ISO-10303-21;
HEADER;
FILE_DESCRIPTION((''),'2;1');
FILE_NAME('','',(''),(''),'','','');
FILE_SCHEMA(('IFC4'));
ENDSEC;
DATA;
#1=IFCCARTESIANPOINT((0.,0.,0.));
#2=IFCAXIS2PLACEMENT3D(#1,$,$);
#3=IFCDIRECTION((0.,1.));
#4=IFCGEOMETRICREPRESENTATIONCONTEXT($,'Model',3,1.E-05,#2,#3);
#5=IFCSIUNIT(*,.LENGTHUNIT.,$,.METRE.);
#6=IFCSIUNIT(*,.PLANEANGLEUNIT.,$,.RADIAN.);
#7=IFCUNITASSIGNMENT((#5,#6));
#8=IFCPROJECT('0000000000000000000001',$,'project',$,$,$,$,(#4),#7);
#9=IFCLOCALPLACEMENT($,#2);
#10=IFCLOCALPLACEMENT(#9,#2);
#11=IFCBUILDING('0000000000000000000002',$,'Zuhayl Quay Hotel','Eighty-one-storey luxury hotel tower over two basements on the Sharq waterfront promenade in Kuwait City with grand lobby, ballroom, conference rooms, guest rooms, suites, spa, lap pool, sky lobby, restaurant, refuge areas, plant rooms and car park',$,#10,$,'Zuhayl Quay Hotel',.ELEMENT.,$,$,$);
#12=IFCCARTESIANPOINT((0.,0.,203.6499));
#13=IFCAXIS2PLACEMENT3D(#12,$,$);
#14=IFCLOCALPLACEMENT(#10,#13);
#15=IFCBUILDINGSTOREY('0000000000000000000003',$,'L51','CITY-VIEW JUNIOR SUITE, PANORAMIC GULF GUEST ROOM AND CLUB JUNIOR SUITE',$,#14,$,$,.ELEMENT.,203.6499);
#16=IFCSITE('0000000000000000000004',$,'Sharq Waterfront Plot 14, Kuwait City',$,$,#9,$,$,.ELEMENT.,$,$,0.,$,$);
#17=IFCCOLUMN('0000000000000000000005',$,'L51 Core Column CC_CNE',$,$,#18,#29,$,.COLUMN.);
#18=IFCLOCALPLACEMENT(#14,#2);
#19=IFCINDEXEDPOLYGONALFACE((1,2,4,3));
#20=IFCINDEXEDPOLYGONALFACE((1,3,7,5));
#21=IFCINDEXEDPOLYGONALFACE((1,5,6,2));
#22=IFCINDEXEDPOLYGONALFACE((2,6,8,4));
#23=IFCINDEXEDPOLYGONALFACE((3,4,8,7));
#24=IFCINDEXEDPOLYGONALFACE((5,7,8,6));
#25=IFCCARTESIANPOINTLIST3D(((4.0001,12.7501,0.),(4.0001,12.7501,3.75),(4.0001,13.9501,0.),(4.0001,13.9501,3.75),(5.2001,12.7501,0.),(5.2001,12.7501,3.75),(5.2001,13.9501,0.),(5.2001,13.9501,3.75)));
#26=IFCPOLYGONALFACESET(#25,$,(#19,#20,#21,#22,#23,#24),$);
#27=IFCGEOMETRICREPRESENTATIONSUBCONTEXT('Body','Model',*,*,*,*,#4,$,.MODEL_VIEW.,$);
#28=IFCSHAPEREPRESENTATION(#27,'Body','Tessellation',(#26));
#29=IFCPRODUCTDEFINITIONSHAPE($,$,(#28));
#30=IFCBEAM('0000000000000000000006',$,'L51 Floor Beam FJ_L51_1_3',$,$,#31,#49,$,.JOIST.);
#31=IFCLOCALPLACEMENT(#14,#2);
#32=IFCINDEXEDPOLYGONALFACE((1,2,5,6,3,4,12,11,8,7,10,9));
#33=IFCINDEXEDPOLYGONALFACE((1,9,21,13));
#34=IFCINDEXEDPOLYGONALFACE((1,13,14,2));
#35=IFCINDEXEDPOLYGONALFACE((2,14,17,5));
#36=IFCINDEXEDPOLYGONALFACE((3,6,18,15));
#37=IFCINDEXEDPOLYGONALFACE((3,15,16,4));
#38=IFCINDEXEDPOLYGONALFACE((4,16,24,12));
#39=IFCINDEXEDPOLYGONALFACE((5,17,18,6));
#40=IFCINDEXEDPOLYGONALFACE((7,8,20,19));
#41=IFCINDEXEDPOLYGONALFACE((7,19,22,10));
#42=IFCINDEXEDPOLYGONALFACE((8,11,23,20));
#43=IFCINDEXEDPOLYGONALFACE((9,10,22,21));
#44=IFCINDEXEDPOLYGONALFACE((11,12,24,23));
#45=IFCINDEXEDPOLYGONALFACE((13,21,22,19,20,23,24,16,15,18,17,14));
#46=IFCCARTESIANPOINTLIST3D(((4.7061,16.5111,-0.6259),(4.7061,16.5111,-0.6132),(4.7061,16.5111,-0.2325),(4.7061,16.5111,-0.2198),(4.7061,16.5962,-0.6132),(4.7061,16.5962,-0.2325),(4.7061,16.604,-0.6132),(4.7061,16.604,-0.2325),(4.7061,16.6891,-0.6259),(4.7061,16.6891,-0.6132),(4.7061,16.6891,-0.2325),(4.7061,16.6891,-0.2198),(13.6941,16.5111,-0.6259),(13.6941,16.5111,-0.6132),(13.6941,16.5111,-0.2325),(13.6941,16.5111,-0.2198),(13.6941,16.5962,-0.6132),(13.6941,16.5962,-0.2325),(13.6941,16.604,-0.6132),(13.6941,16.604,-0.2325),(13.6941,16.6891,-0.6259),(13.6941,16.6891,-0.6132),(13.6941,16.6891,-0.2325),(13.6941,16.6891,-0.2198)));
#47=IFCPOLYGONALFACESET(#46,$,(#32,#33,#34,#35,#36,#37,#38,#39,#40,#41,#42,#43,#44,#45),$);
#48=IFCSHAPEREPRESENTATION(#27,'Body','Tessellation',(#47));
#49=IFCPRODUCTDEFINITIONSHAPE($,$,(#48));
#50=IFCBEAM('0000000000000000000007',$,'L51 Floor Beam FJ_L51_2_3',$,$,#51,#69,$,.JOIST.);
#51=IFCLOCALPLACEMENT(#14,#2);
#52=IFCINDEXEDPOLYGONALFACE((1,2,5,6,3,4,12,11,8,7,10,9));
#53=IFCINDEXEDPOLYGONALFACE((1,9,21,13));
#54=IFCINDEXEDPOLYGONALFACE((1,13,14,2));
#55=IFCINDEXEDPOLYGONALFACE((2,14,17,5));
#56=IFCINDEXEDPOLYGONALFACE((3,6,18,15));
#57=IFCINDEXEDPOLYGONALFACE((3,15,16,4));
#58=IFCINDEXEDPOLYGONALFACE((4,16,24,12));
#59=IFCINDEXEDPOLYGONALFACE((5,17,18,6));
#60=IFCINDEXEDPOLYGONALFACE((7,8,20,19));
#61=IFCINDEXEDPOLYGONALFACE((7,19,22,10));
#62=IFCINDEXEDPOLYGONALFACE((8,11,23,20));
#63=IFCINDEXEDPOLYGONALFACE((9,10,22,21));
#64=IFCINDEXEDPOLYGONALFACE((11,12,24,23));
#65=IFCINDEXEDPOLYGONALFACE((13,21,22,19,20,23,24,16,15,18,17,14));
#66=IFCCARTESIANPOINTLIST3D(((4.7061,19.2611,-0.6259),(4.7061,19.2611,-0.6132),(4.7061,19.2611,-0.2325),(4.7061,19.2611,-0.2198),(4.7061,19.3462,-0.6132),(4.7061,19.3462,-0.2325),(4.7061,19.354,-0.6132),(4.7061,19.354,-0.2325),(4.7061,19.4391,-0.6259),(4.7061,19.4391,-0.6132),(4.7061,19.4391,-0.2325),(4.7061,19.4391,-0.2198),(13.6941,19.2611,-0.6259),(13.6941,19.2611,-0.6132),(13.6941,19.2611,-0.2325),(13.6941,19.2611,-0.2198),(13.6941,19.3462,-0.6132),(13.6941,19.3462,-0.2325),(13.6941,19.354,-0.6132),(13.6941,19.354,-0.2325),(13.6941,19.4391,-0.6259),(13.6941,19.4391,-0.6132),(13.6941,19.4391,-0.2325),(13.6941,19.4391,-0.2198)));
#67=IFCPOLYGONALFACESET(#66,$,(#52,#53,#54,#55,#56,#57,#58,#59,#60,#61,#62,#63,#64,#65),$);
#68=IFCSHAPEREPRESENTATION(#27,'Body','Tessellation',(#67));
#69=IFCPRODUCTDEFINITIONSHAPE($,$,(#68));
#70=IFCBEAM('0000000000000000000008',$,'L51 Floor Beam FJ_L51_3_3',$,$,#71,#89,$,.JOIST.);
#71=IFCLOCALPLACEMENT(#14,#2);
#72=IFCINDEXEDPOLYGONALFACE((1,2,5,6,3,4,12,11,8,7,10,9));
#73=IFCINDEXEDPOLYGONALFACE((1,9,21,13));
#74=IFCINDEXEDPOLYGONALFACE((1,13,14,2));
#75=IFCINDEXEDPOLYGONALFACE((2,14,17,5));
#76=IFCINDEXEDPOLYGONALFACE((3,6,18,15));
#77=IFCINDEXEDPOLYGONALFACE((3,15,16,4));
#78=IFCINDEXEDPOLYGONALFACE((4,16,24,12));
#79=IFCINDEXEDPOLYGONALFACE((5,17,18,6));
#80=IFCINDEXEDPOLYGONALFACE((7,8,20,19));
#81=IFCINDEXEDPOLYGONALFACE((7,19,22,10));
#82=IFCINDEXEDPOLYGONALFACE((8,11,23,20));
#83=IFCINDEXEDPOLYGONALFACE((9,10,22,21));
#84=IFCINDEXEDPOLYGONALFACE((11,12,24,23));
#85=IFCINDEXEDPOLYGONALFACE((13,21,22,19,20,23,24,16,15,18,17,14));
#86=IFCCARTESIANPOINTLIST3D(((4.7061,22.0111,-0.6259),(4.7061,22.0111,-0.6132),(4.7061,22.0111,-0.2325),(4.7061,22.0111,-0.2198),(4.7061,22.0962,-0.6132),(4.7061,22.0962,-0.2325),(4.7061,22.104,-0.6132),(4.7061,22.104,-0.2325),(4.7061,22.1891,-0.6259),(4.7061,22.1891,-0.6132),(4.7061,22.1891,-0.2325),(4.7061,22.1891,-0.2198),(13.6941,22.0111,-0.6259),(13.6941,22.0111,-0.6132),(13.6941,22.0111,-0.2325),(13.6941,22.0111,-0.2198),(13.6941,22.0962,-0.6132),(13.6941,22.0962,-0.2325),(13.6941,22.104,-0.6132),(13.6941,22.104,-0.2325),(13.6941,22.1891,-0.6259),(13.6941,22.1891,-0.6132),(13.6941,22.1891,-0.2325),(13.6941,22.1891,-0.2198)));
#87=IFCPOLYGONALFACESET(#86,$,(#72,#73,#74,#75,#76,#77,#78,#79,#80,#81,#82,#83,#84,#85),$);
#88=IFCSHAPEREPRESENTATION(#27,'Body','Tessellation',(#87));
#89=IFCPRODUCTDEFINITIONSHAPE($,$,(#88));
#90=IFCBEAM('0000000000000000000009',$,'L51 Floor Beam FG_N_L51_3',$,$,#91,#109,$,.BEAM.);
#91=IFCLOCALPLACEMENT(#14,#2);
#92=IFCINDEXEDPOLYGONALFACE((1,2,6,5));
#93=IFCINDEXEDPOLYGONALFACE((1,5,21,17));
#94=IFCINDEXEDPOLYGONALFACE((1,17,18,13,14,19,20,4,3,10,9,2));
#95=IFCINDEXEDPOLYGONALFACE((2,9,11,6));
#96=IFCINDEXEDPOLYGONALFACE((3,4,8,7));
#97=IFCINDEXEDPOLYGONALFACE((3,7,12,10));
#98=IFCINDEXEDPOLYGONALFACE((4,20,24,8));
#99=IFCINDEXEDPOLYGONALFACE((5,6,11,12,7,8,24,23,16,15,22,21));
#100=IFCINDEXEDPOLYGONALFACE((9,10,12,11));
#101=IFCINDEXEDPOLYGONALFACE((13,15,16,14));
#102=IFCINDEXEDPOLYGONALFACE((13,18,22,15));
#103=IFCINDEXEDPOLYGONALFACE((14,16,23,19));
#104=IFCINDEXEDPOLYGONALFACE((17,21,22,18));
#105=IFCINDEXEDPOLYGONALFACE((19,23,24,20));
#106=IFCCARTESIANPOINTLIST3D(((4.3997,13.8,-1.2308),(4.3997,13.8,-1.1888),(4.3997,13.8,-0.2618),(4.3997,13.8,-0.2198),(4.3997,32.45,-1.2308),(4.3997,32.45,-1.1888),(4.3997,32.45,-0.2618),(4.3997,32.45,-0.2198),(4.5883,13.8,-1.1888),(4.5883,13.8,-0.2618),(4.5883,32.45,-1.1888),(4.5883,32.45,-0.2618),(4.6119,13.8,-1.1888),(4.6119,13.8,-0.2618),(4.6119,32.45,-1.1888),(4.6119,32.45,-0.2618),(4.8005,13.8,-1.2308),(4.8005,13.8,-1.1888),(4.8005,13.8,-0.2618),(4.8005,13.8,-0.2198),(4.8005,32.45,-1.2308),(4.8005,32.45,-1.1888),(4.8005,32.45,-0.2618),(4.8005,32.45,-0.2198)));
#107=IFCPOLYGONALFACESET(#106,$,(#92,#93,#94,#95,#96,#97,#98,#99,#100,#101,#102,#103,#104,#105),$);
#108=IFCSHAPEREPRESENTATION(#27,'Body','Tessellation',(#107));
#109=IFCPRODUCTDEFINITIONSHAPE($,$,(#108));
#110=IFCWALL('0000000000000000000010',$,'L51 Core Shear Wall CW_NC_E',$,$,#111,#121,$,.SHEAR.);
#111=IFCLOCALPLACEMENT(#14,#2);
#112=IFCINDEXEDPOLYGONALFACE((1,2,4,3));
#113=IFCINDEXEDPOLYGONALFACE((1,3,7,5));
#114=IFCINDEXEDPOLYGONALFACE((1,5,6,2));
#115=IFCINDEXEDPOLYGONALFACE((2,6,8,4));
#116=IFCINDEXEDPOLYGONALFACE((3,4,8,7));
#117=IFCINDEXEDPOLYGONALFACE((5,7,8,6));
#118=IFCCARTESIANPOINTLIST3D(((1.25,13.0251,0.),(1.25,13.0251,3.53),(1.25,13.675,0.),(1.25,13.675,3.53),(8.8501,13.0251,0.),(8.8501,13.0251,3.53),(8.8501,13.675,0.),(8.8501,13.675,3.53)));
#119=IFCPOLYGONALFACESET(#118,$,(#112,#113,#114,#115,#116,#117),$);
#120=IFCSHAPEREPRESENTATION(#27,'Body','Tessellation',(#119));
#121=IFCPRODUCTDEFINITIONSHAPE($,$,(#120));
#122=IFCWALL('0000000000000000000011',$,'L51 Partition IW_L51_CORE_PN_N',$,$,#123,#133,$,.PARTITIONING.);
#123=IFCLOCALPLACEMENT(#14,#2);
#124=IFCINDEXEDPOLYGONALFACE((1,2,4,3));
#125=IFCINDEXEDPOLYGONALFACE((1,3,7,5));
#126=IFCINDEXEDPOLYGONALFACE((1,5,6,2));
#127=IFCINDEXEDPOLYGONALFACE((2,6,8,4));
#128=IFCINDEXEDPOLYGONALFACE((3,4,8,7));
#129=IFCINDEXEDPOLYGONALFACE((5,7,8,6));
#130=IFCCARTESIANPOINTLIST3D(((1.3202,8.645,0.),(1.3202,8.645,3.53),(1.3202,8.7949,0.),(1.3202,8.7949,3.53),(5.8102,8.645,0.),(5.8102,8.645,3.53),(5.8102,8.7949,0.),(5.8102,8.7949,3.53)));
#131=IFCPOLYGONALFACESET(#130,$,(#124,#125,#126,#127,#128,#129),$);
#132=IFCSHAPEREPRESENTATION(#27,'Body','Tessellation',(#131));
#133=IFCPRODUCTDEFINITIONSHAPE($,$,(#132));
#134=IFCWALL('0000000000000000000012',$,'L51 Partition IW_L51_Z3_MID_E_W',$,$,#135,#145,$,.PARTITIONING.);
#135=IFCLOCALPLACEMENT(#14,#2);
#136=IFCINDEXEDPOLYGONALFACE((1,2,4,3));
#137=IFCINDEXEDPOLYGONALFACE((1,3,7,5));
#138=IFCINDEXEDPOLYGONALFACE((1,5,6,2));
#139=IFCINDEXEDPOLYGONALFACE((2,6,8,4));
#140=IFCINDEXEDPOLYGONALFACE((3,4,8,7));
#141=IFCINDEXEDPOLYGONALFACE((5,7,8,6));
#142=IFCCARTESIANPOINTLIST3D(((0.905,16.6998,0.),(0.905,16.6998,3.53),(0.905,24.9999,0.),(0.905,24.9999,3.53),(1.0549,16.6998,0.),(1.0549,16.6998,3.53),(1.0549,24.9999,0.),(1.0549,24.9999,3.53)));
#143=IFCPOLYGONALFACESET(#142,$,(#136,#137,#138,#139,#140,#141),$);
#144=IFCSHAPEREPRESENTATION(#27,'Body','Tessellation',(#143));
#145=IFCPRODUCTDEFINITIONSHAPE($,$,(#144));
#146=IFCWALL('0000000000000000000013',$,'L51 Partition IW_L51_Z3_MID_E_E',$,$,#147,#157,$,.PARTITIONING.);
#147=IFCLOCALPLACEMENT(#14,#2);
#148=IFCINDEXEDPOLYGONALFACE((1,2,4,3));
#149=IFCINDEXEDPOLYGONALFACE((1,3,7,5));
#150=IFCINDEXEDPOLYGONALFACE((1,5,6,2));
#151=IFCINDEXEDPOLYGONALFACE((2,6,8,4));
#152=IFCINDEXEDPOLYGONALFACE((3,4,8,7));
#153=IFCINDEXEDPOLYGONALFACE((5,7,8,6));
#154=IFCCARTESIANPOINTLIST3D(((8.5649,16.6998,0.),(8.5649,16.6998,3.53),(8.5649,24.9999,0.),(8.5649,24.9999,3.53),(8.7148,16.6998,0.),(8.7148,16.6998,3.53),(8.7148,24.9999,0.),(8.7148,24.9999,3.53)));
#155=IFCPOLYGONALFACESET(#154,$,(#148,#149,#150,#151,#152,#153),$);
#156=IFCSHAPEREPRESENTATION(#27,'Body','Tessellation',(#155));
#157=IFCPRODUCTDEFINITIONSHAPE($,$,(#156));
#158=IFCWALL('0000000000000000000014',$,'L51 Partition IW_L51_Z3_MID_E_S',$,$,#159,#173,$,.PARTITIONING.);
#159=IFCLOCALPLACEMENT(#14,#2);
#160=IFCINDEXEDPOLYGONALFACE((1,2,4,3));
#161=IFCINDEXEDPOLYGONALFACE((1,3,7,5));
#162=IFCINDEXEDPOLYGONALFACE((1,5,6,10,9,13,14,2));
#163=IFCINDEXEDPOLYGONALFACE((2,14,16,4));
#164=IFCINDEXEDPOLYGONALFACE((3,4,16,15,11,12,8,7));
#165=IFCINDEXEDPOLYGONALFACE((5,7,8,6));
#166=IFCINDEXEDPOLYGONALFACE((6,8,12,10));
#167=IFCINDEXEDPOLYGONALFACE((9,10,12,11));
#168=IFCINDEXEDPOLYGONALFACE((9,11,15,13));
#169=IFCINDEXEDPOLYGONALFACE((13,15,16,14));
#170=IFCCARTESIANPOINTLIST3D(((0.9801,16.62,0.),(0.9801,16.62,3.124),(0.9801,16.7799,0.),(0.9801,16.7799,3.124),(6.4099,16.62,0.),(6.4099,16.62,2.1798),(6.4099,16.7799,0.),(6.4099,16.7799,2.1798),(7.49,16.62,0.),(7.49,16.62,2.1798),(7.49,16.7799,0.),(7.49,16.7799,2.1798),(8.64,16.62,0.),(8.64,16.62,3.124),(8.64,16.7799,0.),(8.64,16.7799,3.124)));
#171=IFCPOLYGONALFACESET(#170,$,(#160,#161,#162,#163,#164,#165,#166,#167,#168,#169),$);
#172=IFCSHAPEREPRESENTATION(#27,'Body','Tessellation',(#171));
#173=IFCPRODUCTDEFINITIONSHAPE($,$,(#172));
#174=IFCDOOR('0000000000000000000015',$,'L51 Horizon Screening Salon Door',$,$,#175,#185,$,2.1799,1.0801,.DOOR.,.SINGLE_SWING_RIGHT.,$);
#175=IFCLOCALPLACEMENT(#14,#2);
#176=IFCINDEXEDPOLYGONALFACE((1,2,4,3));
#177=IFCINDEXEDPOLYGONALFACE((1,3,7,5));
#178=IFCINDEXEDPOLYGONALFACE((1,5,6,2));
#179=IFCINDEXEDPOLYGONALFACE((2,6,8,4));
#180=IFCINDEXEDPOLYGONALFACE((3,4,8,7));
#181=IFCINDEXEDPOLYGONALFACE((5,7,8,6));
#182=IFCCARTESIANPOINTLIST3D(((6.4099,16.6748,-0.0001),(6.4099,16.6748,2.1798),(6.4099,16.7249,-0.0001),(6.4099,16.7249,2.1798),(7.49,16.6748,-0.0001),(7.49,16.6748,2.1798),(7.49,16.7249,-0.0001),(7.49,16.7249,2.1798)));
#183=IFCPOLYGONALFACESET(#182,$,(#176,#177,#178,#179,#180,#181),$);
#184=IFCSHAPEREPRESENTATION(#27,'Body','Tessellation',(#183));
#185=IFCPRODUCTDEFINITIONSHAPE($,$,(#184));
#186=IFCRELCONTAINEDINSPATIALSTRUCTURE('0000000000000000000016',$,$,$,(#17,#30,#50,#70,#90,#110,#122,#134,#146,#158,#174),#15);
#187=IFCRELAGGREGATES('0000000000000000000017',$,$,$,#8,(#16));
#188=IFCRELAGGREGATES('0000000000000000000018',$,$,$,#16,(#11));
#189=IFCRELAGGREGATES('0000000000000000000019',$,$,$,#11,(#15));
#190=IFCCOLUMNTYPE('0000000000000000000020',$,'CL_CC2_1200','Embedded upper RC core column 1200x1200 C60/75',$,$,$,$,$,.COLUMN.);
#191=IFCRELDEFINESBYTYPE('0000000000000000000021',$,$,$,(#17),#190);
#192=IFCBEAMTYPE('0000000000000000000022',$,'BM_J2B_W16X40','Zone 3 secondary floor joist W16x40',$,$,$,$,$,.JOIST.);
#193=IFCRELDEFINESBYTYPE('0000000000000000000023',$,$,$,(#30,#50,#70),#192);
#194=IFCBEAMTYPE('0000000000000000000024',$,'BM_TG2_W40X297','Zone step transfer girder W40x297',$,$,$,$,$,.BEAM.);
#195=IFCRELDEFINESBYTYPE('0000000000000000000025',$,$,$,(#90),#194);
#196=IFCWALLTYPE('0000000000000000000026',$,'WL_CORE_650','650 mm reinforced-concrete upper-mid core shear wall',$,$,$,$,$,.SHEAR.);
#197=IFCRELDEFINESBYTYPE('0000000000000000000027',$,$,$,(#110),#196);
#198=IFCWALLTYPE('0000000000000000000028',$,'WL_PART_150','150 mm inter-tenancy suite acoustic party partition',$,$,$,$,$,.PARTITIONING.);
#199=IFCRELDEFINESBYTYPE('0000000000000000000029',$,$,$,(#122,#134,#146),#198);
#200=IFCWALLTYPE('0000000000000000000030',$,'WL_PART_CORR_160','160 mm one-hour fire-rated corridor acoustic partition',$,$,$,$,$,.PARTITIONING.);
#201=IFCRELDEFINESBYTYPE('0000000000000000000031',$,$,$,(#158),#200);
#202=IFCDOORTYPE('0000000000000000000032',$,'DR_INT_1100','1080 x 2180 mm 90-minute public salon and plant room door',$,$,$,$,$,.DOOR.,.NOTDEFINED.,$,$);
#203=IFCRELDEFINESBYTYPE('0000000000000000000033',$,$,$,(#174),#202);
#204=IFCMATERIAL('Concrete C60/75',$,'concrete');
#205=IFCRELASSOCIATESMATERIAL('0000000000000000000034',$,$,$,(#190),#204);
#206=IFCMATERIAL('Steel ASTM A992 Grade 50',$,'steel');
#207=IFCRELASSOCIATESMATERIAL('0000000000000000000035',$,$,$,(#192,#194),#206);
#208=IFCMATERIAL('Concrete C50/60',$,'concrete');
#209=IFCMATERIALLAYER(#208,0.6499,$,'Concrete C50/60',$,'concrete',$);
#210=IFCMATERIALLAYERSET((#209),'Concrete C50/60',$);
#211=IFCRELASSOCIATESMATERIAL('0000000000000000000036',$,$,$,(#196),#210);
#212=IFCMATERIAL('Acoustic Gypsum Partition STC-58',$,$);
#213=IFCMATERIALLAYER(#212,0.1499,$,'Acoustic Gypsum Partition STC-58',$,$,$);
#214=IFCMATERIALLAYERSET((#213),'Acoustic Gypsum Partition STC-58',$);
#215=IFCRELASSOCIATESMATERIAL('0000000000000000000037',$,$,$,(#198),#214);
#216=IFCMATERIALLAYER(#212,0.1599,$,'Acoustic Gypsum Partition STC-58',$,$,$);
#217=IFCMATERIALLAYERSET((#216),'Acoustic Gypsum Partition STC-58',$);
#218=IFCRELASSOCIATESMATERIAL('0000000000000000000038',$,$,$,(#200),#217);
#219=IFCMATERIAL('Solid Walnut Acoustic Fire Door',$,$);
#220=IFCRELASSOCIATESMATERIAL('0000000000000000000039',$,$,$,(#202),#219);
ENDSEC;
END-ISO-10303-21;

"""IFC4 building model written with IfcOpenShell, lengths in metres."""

from ifc_helpers import new_model, si_unit, direction, frame, frame_2d, origin, origin_2d, place, context, subcontext, project, spatial, rectangle, i_section, extrude, material, layer, layer_set, material_profile, profile_set, type_object, element, fill, save


model = new_model("IFC4")

# Units and contexts
model_context = context("Model", 3, precision=1e-05, world=origin(), true_north=direction((0.0, 1.0)))
body_context = subcontext(model_context, "Body", "Model", "MODEL_VIEW")
ifc_project = project(units=[si_unit("LENGTHUNIT", "METRE"), si_unit("PLANEANGLEUNIT", "RADIAN")], contexts=[model_context])

# Site, building, storey
site_placement = place(None, origin())
site = spatial("IfcSite", under=ifc_project, at=site_placement, Name="Sharq Waterfront Plot 14, Kuwait City", CompositionType="ELEMENT", RefElevation=0.0)
building_placement = place(site_placement, origin())
building = spatial("IfcBuilding", under=site, at=building_placement, Name="Zuhayl Quay Hotel", Description="Eighty-one-storey luxury hotel tower over two basements on the Sharq waterfront promenade in Kuwait City with grand lobby, ballroom, conference rooms, guest rooms, suites, spa, lap pool, sky lobby, restaurant, refuge areas, plant rooms and car park", LongName="Zuhayl Quay Hotel", CompositionType="ELEMENT")
storey_placement = place(building_placement, frame((0.0, 0.0, 203.6499)))
storey = spatial("IfcBuildingStorey", under=building, at=storey_placement, Name="L51", Description="CITY-VIEW JUNIOR SUITE, PANORAMIC GULF GUEST ROOM AND CLUB JUNIOR SUITE", CompositionType="ELEMENT", Elevation=203.6499)

# Column
ifc_material_1 = material(Name="Concrete C60/75", Category="concrete")
ifc_material_profile_1 = material_profile(ifc_material_1, rectangle(XDim=1.2, YDim=1.2, at=origin_2d()), Name="RC1200X1200")
ifc_profile_set_1 = profile_set([ifc_material_profile_1], Name="Concrete C60/75")
column_type = type_object("IfcColumnType", Name="CL_CC2_1200", Description="Embedded upper RC core column 1200x1200 C60/75", PredefinedType="COLUMN", material=ifc_profile_set_1)
column_placement = place(storey_placement, frame((4.6001, 13.3501, 0.0), z_axis=(0.0, 0.0, 1.0), x_axis=(1.0, 0.0, 0.0)))
element("IfcColumn", 1, at=column_placement, inside=storey, type_object=column_type, Name="L51 Core Column CC_CNE", PredefinedType="COLUMN", context=body_context, shape_type="SweptSolid", body=[
    extrude(rectangle(XDim=1.2, YDim=1.2, at=origin_2d()), origin(), (0.0, 0.0, 1.0), 3.75),
])

# Beams
ifc_material_2 = material(Name="Steel ASTM A992 Grade 50", Category="steel")
ifc_material_profile_2 = material_profile(ifc_material_2, i_section(OverallWidth=0.178, OverallDepth=0.406, WebThickness=0.0078, FlangeThickness=0.0127, at=origin_2d()), Name="W16X40")
ifc_profile_set_2 = profile_set([ifc_material_profile_2], Name="Steel ASTM A992 Grade 50")
beam_type_1 = type_object("IfcBeamType", Name="BM_J2B_W16X40", Description="Zone 3 secondary floor joist W16x40", PredefinedType="JOIST", material=ifc_profile_set_2)
for number, where, z_axis, x_axis, name in (
    (2, (4.7061, 16.6001, -0.4229), (1.0, 0.0, 0.0), (0.0, 1.0, 0.0), "L51 Floor Beam FJ_L51_1_3"),
    (3, (4.7061, 19.3501, -0.4229), (1.0, 0.0, 0.0), (0.0, 1.0, 0.0), "L51 Floor Beam FJ_L51_2_3"),
    (4, (4.7061, 22.1001, -0.4229), (1.0, 0.0, 0.0), (0.0, 1.0, 0.0), "L51 Floor Beam FJ_L51_3_3"),
):
    element("IfcBeam", number, at=place(storey_placement, frame(where, z_axis=z_axis, x_axis=x_axis)), inside=storey, type_object=beam_type_1, Name=name, PredefinedType="JOIST", context=body_context, shape_type="SweptSolid", body=[
        extrude(i_section(OverallWidth=0.178, OverallDepth=0.406, WebThickness=0.0078, FlangeThickness=0.0127, at=origin_2d()), origin(), (0.0, 0.0, 1.0), 8.988),
    ])
ifc_material_profile_3 = material_profile(ifc_material_2, i_section(OverallWidth=0.4009, OverallDepth=1.011, WebThickness=0.0237, FlangeThickness=0.042, at=origin_2d()), Name="W40X297")
ifc_profile_set_3 = profile_set([ifc_material_profile_3], Name="Steel ASTM A992 Grade 50")
beam_type_2 = type_object("IfcBeamType", Name="BM_TG2_W40X297", Description="Zone step transfer girder W40x297", PredefinedType="BEAM", material=ifc_profile_set_3)
beam_placement = place(storey_placement, frame((4.6001, 13.8, -0.7253), z_axis=(0.0, 1.0, 0.0), x_axis=(-1.0, 0.0, 0.0)))
element("IfcBeam", 5, at=beam_placement, inside=storey, type_object=beam_type_2, Name="L51 Floor Beam FG_N_L51_3", PredefinedType="BEAM", context=body_context, shape_type="SweptSolid", body=[
    extrude(i_section(OverallWidth=0.4009, OverallDepth=1.011, WebThickness=0.0237, FlangeThickness=0.042, at=origin_2d()), origin(), (0.0, 0.0, 1.0), 18.6499),
])

# Walls
ifc_material_3 = material(Name="Concrete C50/60", Category="concrete")
ifc_layer_1 = layer(ifc_material_3, 0.6499, Name="Concrete C50/60", Category="concrete")
ifc_layer_set_1 = layer_set([ifc_layer_1], Name="Concrete C50/60")
wall_type_1 = type_object("IfcWallType", Name="WL_CORE_650", Description="650 mm reinforced-concrete upper-mid core shear wall", PredefinedType="SHEAR", material=ifc_layer_set_1)
wall_1_placement = place(storey_placement, frame((1.25, 13.3501, 0.0), z_axis=(0.0, 0.0, 1.0), x_axis=(1.0, 0.0, 0.0)))
element("IfcWall", 6, at=wall_1_placement, inside=storey, type_object=wall_type_1, Name="L51 Core Shear Wall CW_NC_E", PredefinedType="SHEAR", context=body_context, shape_type="SweptSolid", body=[
    extrude(rectangle(XDim=7.6001, YDim=0.6499, at=frame_2d((3.8, 0.0))), origin(), (0.0, 0.0, 1.0), 3.53),
])
ifc_material_4 = material(Name="Acoustic Gypsum Partition STC-58")
ifc_layer_2 = layer(ifc_material_4, 0.1499, Name="Acoustic Gypsum Partition STC-58")
ifc_layer_set_2 = layer_set([ifc_layer_2], Name="Acoustic Gypsum Partition STC-58")
wall_type_2 = type_object("IfcWallType", Name="WL_PART_150", Description="150 mm inter-tenancy suite acoustic party partition", PredefinedType="PARTITIONING", material=ifc_layer_set_2)
wall_2_placement = place(storey_placement, frame((1.3201, 8.72, 0.0), z_axis=(0.0, 0.0, 1.0), x_axis=(1.0, 0.0, 0.0)))
element("IfcWall", 7, at=wall_2_placement, inside=storey, type_object=wall_type_2, Name="L51 Partition IW_L51_CORE_PN_N", PredefinedType="PARTITIONING", context=body_context, shape_type="SweptSolid", body=[
    extrude(rectangle(XDim=4.49, YDim=0.1499, at=frame_2d((2.2451, 0.0))), origin(), (0.0, 0.0, 1.0), 3.53),
])
for number, where, z_axis, x_axis, name in (
    (8, (0.98, 16.7, 0.0), (0.0, 0.0, 1.0), (0.0, 1.0, 0.0), "L51 Partition IW_L51_Z3_MID_E_W"),
    (9, (8.6399, 16.7, 0.0), (0.0, 0.0, 1.0), (0.0, 1.0, 0.0), "L51 Partition IW_L51_Z3_MID_E_E"),
):
    element("IfcWall", number, at=place(storey_placement, frame(where, z_axis=z_axis, x_axis=x_axis)), inside=storey, type_object=wall_type_2, Name=name, PredefinedType="PARTITIONING", context=body_context, shape_type="SweptSolid", body=[
        extrude(rectangle(XDim=8.3, YDim=0.1499, at=frame_2d((4.1499, 0.0))), origin(), (0.0, 0.0, 1.0), 3.53),
    ])

# Wall, opening, door
ifc_layer_3 = layer(ifc_material_4, 0.1599, Name="Acoustic Gypsum Partition STC-58")
ifc_layer_set_3 = layer_set([ifc_layer_3], Name="Acoustic Gypsum Partition STC-58")
wall_type_3 = type_object("IfcWallType", Name="WL_PART_CORR_160", Description="160 mm one-hour fire-rated corridor acoustic partition", PredefinedType="PARTITIONING", material=ifc_layer_set_3)
wall_3_placement = place(storey_placement, frame((0.98, 16.7, 0.0), z_axis=(0.0, 0.0, 1.0), x_axis=(1.0, 0.0, 0.0)))
wall_3 = element("IfcWall", 10, at=wall_3_placement, inside=storey, type_object=wall_type_3, Name="L51 Partition IW_L51_Z3_MID_E_S", PredefinedType="PARTITIONING", context=body_context, shape_type="SweptSolid", body=[
    extrude(rectangle(XDim=7.6599, YDim=0.1599, at=frame_2d((3.8301, 0.0))), origin(), (0.0, 0.0, 1.0), 3.124),
])
opening_1_placement = place(wall_3_placement, frame((5.4299, 0.0, 0.0)))
opening_1 = element("IfcOpeningElement", 11, at=opening_1_placement, cuts=wall_3, PredefinedType="OPENING", context=body_context, shape_type="SweptSolid", body=[
    extrude(rectangle(XDim=1.0801, YDim=2.1799, at=frame_2d((0.54, 1.0898))), frame((0.0, 0.0898, 0.0), z_axis=(0.0, -1.0, 0.0), x_axis=(1.0, 0.0, 0.0)), (0.0, 0.0, 1.0), 0.1799),
])
ifc_material_5 = material(Name="Solid Walnut Acoustic Fire Door")
door_type_1 = type_object("IfcDoorType", Name="DR_INT_1100", Description="1080 x 2180 mm 90-minute public salon and plant room door", OperationType="NOTDEFINED", PredefinedType="DOOR", material=ifc_material_5)
door_1_placement = place(opening_1_placement, origin())
door_1 = element("IfcDoor", 12, at=door_1_placement, inside=storey, type_object=door_type_1, Name="L51 Horizon Screening Salon Door", OperationType="SINGLE_SWING_RIGHT", OverallHeight=2.1799, OverallWidth=1.0801, PredefinedType="DOOR", context=body_context, shape_type="SweptSolid", body=[
    extrude(rectangle(XDim=1.0801, YDim=2.1799, at=frame_2d((0.54, 1.0898))), frame((0.0, 0.0249, 0.0), z_axis=(0.0, -1.0, 0.0), x_axis=(1.0, 0.0, 0.0)), (0.0, 0.0, 1.0), 0.05),
])
fill(opening_1, door_1)

save(model, "model.ifc")
